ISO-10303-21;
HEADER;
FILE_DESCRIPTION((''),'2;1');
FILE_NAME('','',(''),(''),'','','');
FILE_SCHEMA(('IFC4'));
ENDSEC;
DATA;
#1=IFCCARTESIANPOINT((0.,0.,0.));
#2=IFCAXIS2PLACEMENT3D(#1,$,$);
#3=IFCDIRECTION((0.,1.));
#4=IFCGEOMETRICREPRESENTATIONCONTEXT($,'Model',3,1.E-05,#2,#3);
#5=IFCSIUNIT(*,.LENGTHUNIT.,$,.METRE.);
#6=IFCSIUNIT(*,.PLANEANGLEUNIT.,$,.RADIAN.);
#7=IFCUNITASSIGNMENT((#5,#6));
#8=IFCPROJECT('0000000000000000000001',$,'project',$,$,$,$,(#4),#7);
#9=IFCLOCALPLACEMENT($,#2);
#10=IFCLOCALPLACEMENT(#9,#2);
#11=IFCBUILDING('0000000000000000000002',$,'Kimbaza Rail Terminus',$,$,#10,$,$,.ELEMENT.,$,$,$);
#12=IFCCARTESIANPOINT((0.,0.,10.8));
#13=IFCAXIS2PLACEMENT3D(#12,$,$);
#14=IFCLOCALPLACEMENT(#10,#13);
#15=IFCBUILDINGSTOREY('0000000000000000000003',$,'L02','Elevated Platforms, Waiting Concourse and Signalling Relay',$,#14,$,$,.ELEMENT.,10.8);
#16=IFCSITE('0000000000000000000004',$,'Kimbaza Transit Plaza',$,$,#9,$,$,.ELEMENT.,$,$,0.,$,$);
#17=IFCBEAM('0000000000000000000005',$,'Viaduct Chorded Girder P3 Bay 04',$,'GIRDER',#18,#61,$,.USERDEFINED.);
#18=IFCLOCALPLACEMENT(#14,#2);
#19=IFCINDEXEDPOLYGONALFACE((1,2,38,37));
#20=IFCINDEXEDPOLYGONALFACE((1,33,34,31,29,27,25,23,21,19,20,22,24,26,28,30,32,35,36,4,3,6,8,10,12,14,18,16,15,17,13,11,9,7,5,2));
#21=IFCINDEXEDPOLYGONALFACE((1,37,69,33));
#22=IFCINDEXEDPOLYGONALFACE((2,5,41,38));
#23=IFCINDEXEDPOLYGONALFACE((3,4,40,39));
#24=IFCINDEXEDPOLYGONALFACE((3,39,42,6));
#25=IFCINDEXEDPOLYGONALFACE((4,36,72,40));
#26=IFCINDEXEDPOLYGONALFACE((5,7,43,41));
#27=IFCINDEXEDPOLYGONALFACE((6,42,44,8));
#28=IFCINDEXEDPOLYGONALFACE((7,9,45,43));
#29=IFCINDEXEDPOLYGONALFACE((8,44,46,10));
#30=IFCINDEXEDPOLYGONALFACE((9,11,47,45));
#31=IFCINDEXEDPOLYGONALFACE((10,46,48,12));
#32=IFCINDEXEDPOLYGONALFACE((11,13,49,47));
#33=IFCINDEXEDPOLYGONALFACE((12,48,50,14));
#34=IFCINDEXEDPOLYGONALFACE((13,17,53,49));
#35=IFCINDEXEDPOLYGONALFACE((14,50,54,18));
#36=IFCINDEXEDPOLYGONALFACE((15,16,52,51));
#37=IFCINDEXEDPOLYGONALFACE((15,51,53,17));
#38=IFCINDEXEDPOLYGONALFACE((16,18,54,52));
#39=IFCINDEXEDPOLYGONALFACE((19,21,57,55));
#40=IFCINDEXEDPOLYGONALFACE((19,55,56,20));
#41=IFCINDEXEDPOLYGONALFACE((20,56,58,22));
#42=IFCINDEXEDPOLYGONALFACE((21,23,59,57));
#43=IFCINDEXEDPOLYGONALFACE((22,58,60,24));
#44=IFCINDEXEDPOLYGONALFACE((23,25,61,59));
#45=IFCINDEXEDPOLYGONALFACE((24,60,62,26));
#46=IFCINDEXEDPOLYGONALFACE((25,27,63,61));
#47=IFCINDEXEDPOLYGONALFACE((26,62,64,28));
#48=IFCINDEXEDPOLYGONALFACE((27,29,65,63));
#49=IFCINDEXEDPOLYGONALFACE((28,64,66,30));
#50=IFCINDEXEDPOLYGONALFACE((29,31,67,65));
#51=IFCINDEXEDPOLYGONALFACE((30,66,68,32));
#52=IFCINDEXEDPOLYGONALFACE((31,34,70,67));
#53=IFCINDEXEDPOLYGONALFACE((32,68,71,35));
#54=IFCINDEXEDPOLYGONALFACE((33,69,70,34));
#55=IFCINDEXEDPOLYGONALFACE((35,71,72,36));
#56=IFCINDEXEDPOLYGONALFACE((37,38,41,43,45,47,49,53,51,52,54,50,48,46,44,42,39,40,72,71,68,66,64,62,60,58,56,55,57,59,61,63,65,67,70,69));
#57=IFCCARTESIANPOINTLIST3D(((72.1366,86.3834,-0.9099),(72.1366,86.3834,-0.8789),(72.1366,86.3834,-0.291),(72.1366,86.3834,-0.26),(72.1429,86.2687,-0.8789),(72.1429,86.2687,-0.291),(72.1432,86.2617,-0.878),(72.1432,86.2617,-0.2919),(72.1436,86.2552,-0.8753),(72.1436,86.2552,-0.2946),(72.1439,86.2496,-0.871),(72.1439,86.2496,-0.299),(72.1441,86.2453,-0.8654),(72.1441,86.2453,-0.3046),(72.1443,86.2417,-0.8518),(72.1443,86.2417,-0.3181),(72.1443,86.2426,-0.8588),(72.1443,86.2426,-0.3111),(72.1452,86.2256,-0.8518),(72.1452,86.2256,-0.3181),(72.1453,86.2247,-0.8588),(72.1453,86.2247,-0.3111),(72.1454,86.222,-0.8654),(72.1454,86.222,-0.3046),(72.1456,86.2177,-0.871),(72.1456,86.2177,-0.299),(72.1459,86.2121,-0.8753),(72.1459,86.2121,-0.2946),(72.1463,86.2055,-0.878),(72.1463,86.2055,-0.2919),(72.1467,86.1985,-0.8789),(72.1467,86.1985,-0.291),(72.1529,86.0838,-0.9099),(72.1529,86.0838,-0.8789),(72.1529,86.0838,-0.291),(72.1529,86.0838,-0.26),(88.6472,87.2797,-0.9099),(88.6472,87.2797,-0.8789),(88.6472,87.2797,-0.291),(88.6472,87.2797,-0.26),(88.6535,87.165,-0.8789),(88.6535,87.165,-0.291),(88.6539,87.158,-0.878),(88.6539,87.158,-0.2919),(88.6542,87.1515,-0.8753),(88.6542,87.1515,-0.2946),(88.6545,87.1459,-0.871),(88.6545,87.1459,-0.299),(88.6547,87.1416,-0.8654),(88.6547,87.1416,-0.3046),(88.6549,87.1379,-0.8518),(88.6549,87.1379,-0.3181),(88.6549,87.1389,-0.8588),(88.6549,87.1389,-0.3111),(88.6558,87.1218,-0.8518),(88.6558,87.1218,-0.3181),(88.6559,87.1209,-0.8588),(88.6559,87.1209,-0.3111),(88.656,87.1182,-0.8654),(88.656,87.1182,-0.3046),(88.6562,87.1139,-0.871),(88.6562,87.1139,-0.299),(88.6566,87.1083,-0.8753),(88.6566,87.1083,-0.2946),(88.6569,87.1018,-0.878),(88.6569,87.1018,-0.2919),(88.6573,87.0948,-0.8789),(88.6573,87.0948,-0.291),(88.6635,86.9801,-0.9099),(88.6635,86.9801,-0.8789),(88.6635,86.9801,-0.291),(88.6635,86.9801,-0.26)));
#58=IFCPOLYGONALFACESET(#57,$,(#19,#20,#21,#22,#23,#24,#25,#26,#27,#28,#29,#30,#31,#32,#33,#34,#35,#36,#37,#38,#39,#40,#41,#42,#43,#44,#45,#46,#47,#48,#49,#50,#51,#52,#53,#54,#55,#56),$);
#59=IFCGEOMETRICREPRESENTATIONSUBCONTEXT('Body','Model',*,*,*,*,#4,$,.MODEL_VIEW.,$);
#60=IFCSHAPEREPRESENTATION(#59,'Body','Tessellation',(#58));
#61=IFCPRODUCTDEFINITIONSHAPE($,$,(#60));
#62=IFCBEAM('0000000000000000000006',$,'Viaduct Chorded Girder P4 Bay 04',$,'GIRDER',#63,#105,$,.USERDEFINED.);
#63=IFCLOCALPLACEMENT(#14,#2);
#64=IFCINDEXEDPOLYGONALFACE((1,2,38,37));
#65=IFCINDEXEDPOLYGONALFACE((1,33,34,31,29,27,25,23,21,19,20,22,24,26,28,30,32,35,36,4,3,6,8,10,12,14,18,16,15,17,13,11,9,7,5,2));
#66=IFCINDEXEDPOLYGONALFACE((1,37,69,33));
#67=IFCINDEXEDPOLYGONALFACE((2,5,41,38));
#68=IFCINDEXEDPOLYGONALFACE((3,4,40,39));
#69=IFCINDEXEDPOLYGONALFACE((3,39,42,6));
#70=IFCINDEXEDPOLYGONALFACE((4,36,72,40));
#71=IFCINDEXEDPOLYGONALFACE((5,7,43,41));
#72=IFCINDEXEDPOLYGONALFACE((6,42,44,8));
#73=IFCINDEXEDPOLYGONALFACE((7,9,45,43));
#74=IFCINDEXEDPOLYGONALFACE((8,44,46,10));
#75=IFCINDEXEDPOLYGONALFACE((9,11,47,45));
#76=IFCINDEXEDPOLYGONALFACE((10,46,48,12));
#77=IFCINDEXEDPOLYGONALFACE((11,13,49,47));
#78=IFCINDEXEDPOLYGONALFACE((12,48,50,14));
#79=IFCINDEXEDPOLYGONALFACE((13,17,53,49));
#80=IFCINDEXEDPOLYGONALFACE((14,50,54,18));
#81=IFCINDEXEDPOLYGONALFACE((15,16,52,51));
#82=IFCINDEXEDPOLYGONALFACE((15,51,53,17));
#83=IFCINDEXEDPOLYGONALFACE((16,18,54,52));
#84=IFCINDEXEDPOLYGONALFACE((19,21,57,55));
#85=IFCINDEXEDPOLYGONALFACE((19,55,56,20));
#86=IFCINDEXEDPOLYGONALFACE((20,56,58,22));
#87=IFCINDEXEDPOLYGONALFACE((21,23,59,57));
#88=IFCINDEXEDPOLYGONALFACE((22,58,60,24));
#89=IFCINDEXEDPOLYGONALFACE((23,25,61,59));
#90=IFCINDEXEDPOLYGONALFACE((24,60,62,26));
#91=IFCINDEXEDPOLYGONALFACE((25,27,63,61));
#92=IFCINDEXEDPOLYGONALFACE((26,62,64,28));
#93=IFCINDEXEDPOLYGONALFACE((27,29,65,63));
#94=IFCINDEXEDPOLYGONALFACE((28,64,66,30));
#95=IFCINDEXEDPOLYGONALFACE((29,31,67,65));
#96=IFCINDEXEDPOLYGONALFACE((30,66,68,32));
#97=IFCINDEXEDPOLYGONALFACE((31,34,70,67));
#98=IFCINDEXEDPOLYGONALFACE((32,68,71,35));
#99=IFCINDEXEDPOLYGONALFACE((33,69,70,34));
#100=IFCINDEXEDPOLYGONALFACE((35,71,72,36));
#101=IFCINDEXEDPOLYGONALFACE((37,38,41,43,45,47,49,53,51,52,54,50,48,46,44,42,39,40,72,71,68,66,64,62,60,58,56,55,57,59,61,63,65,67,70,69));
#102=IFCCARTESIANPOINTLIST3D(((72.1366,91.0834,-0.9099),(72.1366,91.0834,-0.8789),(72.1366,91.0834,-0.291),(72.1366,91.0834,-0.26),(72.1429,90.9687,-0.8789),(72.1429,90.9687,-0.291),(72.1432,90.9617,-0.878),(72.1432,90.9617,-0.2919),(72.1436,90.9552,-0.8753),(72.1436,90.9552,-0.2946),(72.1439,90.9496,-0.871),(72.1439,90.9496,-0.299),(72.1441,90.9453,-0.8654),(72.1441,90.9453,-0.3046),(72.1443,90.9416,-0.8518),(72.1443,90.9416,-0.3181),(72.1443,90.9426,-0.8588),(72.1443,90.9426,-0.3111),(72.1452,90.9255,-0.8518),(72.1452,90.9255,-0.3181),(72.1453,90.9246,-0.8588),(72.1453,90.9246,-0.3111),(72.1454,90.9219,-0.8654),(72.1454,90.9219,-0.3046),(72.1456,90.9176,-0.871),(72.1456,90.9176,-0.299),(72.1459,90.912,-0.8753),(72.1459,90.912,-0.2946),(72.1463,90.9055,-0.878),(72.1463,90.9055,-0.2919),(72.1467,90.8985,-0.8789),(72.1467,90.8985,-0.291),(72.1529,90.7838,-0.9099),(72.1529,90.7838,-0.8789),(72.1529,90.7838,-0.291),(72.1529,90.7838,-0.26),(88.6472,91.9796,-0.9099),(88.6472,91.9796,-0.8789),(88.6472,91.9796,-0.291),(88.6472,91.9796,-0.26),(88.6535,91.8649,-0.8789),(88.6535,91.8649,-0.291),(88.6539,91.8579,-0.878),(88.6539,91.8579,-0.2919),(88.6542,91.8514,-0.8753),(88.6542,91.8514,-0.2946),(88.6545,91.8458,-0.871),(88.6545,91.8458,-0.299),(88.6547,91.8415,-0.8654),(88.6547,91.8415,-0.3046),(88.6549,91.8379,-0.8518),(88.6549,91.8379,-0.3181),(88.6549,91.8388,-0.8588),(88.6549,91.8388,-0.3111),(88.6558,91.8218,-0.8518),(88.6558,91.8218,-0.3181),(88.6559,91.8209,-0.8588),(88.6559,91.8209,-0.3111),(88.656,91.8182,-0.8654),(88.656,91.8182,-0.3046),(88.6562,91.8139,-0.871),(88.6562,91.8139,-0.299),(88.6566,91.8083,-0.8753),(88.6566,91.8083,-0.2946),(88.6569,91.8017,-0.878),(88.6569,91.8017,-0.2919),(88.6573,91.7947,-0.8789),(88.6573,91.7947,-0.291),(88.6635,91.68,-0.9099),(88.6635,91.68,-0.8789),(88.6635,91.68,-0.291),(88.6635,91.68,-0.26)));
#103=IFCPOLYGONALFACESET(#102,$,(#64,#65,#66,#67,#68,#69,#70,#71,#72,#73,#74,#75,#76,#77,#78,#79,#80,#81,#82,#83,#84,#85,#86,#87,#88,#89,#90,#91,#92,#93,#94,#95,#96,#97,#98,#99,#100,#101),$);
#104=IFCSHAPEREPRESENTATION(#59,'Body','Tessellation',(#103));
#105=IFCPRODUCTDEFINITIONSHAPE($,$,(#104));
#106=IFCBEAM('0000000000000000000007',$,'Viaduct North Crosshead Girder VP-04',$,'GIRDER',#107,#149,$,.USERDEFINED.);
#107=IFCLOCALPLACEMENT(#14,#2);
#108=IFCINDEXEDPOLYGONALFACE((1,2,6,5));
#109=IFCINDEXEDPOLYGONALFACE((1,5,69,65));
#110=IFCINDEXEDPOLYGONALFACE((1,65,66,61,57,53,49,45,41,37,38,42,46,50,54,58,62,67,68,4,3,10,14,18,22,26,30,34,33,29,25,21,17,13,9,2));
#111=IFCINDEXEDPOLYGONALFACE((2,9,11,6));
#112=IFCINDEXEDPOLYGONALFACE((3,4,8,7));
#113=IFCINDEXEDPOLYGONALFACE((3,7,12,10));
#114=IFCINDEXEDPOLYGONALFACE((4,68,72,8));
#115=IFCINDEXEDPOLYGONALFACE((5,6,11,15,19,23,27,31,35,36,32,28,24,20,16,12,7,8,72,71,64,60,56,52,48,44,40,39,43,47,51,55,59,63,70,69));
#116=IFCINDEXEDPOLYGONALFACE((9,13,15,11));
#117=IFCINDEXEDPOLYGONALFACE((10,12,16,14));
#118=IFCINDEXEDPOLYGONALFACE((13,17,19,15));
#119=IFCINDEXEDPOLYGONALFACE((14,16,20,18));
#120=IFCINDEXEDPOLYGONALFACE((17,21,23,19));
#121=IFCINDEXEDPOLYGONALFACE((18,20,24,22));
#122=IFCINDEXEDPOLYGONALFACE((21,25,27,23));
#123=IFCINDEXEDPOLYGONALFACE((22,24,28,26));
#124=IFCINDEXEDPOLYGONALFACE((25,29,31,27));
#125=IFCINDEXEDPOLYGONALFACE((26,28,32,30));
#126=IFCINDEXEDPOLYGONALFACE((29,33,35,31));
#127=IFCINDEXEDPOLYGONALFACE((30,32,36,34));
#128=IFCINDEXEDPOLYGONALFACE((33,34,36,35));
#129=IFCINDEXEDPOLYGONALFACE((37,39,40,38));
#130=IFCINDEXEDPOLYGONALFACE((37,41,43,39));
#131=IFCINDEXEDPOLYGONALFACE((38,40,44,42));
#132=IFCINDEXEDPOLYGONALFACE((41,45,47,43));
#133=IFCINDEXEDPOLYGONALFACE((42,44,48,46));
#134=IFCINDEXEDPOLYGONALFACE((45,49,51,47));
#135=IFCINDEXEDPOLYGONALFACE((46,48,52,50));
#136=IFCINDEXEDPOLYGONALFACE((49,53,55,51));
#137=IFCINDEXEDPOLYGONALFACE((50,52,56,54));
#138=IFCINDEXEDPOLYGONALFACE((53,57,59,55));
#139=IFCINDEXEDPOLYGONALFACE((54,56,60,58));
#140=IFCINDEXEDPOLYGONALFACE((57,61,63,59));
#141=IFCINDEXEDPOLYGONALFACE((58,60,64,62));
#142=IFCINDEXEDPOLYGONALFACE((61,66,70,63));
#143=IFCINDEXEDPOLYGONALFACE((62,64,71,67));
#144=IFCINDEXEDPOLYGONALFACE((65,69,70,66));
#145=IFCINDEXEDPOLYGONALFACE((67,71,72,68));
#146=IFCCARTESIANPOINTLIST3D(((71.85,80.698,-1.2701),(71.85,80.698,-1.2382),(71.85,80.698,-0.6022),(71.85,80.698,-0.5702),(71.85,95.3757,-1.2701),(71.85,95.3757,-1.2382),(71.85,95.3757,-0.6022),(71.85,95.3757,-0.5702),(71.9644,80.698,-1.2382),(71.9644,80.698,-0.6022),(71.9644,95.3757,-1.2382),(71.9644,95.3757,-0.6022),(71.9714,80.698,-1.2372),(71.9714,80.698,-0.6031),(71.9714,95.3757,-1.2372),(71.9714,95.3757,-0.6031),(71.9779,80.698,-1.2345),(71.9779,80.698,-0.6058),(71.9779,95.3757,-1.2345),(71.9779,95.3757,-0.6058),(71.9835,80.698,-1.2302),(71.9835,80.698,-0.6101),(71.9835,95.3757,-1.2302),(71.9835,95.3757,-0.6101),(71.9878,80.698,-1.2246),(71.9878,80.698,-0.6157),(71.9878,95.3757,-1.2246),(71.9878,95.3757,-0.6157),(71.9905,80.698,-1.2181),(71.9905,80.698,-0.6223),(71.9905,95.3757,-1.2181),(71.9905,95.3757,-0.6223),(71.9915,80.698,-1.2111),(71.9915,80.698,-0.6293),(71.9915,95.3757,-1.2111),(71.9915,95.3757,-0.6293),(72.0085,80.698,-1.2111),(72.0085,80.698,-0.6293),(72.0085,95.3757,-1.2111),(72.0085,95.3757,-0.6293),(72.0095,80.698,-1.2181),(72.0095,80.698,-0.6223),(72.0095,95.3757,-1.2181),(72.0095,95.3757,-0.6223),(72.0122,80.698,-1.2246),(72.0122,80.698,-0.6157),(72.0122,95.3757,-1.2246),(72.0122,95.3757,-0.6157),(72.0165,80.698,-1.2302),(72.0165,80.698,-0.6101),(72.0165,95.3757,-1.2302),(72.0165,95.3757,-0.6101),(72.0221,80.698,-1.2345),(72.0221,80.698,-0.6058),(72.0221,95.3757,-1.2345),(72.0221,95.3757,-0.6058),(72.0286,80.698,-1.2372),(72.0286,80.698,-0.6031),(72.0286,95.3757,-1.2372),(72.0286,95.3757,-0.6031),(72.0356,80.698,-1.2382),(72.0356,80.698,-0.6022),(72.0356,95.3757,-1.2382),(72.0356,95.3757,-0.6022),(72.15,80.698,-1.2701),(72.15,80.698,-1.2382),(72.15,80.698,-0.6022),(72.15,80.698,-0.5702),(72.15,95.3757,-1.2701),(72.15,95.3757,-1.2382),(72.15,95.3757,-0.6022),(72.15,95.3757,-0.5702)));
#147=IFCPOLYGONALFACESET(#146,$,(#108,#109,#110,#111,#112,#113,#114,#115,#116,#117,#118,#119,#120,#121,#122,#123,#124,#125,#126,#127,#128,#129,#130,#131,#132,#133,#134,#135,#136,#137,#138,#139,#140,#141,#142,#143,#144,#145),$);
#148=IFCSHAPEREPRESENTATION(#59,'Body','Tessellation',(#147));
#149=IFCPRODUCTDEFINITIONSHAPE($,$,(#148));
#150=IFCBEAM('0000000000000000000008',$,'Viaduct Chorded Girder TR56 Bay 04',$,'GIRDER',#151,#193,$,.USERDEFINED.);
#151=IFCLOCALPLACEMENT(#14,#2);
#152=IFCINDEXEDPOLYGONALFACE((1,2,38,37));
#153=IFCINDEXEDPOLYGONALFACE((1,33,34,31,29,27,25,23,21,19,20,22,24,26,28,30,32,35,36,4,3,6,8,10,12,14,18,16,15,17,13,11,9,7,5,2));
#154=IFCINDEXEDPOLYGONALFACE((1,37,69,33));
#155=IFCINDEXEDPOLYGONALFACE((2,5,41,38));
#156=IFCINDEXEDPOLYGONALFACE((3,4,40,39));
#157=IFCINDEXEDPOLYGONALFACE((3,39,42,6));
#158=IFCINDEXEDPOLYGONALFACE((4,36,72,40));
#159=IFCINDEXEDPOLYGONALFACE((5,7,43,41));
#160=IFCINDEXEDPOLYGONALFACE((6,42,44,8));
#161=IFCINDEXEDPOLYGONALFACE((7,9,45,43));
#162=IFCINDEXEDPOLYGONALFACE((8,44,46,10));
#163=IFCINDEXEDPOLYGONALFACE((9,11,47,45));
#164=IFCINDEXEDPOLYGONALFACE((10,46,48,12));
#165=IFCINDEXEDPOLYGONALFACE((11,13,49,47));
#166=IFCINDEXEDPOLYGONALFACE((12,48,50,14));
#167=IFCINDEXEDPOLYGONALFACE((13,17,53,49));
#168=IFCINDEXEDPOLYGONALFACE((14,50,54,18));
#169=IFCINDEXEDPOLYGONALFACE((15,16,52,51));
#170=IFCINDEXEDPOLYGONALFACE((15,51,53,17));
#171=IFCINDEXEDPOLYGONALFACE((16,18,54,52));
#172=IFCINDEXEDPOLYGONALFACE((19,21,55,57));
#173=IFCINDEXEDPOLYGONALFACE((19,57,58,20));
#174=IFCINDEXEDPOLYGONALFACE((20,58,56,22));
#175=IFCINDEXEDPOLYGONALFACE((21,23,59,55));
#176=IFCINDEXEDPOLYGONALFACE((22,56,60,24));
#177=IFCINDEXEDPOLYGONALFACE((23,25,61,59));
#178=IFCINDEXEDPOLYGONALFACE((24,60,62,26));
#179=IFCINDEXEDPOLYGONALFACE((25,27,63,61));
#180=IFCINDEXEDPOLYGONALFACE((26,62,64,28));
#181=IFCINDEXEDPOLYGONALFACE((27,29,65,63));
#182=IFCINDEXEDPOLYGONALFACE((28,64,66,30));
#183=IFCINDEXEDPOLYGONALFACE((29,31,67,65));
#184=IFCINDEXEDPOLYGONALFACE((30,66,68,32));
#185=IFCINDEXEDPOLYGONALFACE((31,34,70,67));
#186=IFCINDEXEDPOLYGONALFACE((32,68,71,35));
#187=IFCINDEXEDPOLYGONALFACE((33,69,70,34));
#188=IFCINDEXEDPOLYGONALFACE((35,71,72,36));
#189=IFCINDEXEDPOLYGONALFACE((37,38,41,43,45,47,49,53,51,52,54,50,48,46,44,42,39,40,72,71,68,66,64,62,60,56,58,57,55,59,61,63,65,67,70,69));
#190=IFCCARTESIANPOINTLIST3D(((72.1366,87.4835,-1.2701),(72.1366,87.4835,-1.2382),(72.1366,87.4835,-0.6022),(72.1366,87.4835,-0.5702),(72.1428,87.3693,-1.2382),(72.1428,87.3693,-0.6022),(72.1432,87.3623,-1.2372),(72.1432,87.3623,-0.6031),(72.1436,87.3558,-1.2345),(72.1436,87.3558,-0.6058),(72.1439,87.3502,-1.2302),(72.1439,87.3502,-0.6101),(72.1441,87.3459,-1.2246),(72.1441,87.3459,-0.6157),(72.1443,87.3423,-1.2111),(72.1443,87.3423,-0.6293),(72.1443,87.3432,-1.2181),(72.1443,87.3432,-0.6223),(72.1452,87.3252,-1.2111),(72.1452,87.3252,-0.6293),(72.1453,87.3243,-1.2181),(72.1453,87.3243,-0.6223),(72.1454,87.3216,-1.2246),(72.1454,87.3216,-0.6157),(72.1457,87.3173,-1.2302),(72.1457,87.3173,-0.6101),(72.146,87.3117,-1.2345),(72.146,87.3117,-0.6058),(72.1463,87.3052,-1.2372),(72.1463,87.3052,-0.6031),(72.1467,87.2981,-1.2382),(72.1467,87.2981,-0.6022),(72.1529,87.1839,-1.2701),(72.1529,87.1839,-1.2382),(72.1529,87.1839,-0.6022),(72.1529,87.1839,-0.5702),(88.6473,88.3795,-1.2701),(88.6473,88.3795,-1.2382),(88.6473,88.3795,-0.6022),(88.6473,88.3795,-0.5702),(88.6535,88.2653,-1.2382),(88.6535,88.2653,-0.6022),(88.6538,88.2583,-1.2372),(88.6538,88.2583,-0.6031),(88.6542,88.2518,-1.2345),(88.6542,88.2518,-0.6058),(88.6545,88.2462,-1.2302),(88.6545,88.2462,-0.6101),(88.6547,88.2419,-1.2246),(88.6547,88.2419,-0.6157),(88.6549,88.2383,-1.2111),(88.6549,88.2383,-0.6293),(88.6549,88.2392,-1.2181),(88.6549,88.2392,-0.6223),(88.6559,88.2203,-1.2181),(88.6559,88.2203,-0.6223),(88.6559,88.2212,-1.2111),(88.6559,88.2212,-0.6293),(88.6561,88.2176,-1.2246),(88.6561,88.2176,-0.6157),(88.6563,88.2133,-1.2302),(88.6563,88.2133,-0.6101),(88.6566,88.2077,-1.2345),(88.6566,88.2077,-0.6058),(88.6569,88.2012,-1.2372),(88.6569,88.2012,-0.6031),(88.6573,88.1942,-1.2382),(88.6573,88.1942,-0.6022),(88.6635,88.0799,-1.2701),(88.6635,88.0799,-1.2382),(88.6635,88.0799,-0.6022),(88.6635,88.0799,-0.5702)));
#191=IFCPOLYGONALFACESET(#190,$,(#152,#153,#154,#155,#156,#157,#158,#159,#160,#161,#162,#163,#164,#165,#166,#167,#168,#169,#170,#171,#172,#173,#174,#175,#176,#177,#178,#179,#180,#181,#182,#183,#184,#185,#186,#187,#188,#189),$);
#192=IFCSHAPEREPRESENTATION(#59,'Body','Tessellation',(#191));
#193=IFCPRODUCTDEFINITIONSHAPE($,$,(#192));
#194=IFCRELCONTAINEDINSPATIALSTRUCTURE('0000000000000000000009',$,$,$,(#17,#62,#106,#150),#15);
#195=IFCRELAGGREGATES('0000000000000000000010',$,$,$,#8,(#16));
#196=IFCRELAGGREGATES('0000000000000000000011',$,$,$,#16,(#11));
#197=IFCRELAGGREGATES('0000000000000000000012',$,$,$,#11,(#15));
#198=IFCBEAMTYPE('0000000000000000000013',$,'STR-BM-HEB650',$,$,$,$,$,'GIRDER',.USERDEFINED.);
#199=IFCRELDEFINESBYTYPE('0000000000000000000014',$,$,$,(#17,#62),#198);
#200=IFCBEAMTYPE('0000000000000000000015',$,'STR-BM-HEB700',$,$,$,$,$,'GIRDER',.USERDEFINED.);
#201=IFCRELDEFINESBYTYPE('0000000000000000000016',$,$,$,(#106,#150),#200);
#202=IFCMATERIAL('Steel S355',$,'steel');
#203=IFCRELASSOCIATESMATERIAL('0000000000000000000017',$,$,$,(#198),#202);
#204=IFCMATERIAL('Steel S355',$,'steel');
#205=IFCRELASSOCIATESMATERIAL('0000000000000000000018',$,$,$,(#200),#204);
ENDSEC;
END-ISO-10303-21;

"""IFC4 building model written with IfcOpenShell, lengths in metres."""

from ifc_helpers import new_model, si_unit, direction, frame, origin, origin_2d, place, context, subcontext, project, spatial, i_section, extrude, material, material_profile, profile_set, type_object, element, save


model = new_model("IFC4")

# Units and contexts
model_context = context("Model", 3, precision=1e-05, world=origin(), true_north=direction((0.0, 1.0)))
body_context = subcontext(model_context, "Body", "Model", "MODEL_VIEW")
ifc_project = project(units=[si_unit("LENGTHUNIT", "METRE"), si_unit("PLANEANGLEUNIT", "RADIAN")], contexts=[model_context])

# Site, building, storey
site_placement = place(None, origin())
site = spatial("IfcSite", under=ifc_project, at=site_placement, Name="Kimbaza Transit Plaza", CompositionType="ELEMENT", RefElevation=0.0)
building_placement = place(site_placement, origin())
building = spatial("IfcBuilding", under=site, at=building_placement, Name="Kimbaza Rail Terminus", CompositionType="ELEMENT")
storey_placement = place(building_placement, frame((0.0, 0.0, 10.8)))
storey = spatial("IfcBuildingStorey", under=building, at=storey_placement, Name="L02", Description="Elevated Platforms, Waiting Concourse and Signalling Relay", CompositionType="ELEMENT", Elevation=10.8)

# Beams
ifc_material_1 = material(Name="Steel S355", Category="steel")
ifc_material_profile_1 = material_profile(ifc_material_1, i_section(OverallWidth=0.3, OverallDepth=0.6499, WebThickness=0.0161, FlangeThickness=0.031, FilletRadius=0.0271, at=origin_2d()), Name="HEB 650")
ifc_profile_set_1 = profile_set([ifc_material_profile_1], Name="Steel S355")
beam_type_1 = type_object("IfcBeamType", Name="STR-BM-HEB650", ElementType="GIRDER", PredefinedType="USERDEFINED", material=ifc_profile_set_1)
for number, where, z_axis, x_axis, name in (
    (1, (72.1448, 86.2336, -0.585), (0.99853, 0.054203, 0.0), (-0.054203, 0.99853, 0.0), "Viaduct Chorded Girder P3 Bay 04"),
    (2, (72.1448, 90.9336, -0.585), (0.99853, 0.054203, 0.0), (-0.054203, 0.99853, 0.0), "Viaduct Chorded Girder P4 Bay 04"),
):
    element("IfcBeam", number, at=place(storey_placement, frame(where, z_axis=z_axis, x_axis=x_axis)), inside=storey, type_object=beam_type_1, Name=name, ObjectType="GIRDER", PredefinedType="USERDEFINED", context=body_context, shape_type="SweptSolid", body=[
        extrude(i_section(OverallWidth=0.3, OverallDepth=0.6499, WebThickness=0.0161, FlangeThickness=0.031, FilletRadius=0.0271, at=origin_2d()), origin(), (0.0, 0.0, 1.0), 16.5349),
    ])
ifc_material_2 = material(Name="Steel S355", Category="steel")
ifc_material_profile_2 = material_profile(ifc_material_2, i_section(OverallWidth=0.3, OverallDepth=0.7, WebThickness=0.0171, FlangeThickness=0.032, FilletRadius=0.0271, at=origin_2d()), Name="HEB 700")
ifc_profile_set_2 = profile_set([ifc_material_profile_2], Name="Steel S355")
beam_type_2 = type_object("IfcBeamType", Name="STR-BM-HEB700", ElementType="GIRDER", PredefinedType="USERDEFINED", material=ifc_profile_set_2)
beam_1_placement = place(storey_placement, frame((72.0, 80.698, -0.9202), z_axis=(0.0, 1.0, 0.0), x_axis=(-1.0, 0.0, 0.0)))
element("IfcBeam", 3, at=beam_1_placement, inside=storey, type_object=beam_type_2, Name="Viaduct North Crosshead Girder VP-04", ObjectType="GIRDER", PredefinedType="USERDEFINED", context=body_context, shape_type="SweptSolid", body=[
    extrude(i_section(OverallWidth=0.3, OverallDepth=0.7, WebThickness=0.0171, FlangeThickness=0.032, FilletRadius=0.0271, at=origin_2d()), origin(), (0.0, 0.0, 1.0), 14.6777),
])
for number, where, z_axis, x_axis, name in (
    (4, (72.1448, 87.3337, -0.9202), (0.998531, 0.054189, 0.0), (-0.054189, 0.998531, 0.0), "Viaduct Chorded Girder TR56 Bay 04"),
):
    element("IfcBeam", number, at=place(storey_placement, frame(where, z_axis=z_axis, x_axis=x_axis)), inside=storey, type_object=beam_type_2, Name=name, ObjectType="GIRDER", PredefinedType="USERDEFINED", context=body_context, shape_type="SweptSolid", body=[
        extrude(i_section(OverallWidth=0.3, OverallDepth=0.7, WebThickness=0.0171, FlangeThickness=0.032, FilletRadius=0.0271, at=origin_2d()), origin(), (0.0, 0.0, 1.0), 16.5349),
    ])

save(model, "model.ifc")
